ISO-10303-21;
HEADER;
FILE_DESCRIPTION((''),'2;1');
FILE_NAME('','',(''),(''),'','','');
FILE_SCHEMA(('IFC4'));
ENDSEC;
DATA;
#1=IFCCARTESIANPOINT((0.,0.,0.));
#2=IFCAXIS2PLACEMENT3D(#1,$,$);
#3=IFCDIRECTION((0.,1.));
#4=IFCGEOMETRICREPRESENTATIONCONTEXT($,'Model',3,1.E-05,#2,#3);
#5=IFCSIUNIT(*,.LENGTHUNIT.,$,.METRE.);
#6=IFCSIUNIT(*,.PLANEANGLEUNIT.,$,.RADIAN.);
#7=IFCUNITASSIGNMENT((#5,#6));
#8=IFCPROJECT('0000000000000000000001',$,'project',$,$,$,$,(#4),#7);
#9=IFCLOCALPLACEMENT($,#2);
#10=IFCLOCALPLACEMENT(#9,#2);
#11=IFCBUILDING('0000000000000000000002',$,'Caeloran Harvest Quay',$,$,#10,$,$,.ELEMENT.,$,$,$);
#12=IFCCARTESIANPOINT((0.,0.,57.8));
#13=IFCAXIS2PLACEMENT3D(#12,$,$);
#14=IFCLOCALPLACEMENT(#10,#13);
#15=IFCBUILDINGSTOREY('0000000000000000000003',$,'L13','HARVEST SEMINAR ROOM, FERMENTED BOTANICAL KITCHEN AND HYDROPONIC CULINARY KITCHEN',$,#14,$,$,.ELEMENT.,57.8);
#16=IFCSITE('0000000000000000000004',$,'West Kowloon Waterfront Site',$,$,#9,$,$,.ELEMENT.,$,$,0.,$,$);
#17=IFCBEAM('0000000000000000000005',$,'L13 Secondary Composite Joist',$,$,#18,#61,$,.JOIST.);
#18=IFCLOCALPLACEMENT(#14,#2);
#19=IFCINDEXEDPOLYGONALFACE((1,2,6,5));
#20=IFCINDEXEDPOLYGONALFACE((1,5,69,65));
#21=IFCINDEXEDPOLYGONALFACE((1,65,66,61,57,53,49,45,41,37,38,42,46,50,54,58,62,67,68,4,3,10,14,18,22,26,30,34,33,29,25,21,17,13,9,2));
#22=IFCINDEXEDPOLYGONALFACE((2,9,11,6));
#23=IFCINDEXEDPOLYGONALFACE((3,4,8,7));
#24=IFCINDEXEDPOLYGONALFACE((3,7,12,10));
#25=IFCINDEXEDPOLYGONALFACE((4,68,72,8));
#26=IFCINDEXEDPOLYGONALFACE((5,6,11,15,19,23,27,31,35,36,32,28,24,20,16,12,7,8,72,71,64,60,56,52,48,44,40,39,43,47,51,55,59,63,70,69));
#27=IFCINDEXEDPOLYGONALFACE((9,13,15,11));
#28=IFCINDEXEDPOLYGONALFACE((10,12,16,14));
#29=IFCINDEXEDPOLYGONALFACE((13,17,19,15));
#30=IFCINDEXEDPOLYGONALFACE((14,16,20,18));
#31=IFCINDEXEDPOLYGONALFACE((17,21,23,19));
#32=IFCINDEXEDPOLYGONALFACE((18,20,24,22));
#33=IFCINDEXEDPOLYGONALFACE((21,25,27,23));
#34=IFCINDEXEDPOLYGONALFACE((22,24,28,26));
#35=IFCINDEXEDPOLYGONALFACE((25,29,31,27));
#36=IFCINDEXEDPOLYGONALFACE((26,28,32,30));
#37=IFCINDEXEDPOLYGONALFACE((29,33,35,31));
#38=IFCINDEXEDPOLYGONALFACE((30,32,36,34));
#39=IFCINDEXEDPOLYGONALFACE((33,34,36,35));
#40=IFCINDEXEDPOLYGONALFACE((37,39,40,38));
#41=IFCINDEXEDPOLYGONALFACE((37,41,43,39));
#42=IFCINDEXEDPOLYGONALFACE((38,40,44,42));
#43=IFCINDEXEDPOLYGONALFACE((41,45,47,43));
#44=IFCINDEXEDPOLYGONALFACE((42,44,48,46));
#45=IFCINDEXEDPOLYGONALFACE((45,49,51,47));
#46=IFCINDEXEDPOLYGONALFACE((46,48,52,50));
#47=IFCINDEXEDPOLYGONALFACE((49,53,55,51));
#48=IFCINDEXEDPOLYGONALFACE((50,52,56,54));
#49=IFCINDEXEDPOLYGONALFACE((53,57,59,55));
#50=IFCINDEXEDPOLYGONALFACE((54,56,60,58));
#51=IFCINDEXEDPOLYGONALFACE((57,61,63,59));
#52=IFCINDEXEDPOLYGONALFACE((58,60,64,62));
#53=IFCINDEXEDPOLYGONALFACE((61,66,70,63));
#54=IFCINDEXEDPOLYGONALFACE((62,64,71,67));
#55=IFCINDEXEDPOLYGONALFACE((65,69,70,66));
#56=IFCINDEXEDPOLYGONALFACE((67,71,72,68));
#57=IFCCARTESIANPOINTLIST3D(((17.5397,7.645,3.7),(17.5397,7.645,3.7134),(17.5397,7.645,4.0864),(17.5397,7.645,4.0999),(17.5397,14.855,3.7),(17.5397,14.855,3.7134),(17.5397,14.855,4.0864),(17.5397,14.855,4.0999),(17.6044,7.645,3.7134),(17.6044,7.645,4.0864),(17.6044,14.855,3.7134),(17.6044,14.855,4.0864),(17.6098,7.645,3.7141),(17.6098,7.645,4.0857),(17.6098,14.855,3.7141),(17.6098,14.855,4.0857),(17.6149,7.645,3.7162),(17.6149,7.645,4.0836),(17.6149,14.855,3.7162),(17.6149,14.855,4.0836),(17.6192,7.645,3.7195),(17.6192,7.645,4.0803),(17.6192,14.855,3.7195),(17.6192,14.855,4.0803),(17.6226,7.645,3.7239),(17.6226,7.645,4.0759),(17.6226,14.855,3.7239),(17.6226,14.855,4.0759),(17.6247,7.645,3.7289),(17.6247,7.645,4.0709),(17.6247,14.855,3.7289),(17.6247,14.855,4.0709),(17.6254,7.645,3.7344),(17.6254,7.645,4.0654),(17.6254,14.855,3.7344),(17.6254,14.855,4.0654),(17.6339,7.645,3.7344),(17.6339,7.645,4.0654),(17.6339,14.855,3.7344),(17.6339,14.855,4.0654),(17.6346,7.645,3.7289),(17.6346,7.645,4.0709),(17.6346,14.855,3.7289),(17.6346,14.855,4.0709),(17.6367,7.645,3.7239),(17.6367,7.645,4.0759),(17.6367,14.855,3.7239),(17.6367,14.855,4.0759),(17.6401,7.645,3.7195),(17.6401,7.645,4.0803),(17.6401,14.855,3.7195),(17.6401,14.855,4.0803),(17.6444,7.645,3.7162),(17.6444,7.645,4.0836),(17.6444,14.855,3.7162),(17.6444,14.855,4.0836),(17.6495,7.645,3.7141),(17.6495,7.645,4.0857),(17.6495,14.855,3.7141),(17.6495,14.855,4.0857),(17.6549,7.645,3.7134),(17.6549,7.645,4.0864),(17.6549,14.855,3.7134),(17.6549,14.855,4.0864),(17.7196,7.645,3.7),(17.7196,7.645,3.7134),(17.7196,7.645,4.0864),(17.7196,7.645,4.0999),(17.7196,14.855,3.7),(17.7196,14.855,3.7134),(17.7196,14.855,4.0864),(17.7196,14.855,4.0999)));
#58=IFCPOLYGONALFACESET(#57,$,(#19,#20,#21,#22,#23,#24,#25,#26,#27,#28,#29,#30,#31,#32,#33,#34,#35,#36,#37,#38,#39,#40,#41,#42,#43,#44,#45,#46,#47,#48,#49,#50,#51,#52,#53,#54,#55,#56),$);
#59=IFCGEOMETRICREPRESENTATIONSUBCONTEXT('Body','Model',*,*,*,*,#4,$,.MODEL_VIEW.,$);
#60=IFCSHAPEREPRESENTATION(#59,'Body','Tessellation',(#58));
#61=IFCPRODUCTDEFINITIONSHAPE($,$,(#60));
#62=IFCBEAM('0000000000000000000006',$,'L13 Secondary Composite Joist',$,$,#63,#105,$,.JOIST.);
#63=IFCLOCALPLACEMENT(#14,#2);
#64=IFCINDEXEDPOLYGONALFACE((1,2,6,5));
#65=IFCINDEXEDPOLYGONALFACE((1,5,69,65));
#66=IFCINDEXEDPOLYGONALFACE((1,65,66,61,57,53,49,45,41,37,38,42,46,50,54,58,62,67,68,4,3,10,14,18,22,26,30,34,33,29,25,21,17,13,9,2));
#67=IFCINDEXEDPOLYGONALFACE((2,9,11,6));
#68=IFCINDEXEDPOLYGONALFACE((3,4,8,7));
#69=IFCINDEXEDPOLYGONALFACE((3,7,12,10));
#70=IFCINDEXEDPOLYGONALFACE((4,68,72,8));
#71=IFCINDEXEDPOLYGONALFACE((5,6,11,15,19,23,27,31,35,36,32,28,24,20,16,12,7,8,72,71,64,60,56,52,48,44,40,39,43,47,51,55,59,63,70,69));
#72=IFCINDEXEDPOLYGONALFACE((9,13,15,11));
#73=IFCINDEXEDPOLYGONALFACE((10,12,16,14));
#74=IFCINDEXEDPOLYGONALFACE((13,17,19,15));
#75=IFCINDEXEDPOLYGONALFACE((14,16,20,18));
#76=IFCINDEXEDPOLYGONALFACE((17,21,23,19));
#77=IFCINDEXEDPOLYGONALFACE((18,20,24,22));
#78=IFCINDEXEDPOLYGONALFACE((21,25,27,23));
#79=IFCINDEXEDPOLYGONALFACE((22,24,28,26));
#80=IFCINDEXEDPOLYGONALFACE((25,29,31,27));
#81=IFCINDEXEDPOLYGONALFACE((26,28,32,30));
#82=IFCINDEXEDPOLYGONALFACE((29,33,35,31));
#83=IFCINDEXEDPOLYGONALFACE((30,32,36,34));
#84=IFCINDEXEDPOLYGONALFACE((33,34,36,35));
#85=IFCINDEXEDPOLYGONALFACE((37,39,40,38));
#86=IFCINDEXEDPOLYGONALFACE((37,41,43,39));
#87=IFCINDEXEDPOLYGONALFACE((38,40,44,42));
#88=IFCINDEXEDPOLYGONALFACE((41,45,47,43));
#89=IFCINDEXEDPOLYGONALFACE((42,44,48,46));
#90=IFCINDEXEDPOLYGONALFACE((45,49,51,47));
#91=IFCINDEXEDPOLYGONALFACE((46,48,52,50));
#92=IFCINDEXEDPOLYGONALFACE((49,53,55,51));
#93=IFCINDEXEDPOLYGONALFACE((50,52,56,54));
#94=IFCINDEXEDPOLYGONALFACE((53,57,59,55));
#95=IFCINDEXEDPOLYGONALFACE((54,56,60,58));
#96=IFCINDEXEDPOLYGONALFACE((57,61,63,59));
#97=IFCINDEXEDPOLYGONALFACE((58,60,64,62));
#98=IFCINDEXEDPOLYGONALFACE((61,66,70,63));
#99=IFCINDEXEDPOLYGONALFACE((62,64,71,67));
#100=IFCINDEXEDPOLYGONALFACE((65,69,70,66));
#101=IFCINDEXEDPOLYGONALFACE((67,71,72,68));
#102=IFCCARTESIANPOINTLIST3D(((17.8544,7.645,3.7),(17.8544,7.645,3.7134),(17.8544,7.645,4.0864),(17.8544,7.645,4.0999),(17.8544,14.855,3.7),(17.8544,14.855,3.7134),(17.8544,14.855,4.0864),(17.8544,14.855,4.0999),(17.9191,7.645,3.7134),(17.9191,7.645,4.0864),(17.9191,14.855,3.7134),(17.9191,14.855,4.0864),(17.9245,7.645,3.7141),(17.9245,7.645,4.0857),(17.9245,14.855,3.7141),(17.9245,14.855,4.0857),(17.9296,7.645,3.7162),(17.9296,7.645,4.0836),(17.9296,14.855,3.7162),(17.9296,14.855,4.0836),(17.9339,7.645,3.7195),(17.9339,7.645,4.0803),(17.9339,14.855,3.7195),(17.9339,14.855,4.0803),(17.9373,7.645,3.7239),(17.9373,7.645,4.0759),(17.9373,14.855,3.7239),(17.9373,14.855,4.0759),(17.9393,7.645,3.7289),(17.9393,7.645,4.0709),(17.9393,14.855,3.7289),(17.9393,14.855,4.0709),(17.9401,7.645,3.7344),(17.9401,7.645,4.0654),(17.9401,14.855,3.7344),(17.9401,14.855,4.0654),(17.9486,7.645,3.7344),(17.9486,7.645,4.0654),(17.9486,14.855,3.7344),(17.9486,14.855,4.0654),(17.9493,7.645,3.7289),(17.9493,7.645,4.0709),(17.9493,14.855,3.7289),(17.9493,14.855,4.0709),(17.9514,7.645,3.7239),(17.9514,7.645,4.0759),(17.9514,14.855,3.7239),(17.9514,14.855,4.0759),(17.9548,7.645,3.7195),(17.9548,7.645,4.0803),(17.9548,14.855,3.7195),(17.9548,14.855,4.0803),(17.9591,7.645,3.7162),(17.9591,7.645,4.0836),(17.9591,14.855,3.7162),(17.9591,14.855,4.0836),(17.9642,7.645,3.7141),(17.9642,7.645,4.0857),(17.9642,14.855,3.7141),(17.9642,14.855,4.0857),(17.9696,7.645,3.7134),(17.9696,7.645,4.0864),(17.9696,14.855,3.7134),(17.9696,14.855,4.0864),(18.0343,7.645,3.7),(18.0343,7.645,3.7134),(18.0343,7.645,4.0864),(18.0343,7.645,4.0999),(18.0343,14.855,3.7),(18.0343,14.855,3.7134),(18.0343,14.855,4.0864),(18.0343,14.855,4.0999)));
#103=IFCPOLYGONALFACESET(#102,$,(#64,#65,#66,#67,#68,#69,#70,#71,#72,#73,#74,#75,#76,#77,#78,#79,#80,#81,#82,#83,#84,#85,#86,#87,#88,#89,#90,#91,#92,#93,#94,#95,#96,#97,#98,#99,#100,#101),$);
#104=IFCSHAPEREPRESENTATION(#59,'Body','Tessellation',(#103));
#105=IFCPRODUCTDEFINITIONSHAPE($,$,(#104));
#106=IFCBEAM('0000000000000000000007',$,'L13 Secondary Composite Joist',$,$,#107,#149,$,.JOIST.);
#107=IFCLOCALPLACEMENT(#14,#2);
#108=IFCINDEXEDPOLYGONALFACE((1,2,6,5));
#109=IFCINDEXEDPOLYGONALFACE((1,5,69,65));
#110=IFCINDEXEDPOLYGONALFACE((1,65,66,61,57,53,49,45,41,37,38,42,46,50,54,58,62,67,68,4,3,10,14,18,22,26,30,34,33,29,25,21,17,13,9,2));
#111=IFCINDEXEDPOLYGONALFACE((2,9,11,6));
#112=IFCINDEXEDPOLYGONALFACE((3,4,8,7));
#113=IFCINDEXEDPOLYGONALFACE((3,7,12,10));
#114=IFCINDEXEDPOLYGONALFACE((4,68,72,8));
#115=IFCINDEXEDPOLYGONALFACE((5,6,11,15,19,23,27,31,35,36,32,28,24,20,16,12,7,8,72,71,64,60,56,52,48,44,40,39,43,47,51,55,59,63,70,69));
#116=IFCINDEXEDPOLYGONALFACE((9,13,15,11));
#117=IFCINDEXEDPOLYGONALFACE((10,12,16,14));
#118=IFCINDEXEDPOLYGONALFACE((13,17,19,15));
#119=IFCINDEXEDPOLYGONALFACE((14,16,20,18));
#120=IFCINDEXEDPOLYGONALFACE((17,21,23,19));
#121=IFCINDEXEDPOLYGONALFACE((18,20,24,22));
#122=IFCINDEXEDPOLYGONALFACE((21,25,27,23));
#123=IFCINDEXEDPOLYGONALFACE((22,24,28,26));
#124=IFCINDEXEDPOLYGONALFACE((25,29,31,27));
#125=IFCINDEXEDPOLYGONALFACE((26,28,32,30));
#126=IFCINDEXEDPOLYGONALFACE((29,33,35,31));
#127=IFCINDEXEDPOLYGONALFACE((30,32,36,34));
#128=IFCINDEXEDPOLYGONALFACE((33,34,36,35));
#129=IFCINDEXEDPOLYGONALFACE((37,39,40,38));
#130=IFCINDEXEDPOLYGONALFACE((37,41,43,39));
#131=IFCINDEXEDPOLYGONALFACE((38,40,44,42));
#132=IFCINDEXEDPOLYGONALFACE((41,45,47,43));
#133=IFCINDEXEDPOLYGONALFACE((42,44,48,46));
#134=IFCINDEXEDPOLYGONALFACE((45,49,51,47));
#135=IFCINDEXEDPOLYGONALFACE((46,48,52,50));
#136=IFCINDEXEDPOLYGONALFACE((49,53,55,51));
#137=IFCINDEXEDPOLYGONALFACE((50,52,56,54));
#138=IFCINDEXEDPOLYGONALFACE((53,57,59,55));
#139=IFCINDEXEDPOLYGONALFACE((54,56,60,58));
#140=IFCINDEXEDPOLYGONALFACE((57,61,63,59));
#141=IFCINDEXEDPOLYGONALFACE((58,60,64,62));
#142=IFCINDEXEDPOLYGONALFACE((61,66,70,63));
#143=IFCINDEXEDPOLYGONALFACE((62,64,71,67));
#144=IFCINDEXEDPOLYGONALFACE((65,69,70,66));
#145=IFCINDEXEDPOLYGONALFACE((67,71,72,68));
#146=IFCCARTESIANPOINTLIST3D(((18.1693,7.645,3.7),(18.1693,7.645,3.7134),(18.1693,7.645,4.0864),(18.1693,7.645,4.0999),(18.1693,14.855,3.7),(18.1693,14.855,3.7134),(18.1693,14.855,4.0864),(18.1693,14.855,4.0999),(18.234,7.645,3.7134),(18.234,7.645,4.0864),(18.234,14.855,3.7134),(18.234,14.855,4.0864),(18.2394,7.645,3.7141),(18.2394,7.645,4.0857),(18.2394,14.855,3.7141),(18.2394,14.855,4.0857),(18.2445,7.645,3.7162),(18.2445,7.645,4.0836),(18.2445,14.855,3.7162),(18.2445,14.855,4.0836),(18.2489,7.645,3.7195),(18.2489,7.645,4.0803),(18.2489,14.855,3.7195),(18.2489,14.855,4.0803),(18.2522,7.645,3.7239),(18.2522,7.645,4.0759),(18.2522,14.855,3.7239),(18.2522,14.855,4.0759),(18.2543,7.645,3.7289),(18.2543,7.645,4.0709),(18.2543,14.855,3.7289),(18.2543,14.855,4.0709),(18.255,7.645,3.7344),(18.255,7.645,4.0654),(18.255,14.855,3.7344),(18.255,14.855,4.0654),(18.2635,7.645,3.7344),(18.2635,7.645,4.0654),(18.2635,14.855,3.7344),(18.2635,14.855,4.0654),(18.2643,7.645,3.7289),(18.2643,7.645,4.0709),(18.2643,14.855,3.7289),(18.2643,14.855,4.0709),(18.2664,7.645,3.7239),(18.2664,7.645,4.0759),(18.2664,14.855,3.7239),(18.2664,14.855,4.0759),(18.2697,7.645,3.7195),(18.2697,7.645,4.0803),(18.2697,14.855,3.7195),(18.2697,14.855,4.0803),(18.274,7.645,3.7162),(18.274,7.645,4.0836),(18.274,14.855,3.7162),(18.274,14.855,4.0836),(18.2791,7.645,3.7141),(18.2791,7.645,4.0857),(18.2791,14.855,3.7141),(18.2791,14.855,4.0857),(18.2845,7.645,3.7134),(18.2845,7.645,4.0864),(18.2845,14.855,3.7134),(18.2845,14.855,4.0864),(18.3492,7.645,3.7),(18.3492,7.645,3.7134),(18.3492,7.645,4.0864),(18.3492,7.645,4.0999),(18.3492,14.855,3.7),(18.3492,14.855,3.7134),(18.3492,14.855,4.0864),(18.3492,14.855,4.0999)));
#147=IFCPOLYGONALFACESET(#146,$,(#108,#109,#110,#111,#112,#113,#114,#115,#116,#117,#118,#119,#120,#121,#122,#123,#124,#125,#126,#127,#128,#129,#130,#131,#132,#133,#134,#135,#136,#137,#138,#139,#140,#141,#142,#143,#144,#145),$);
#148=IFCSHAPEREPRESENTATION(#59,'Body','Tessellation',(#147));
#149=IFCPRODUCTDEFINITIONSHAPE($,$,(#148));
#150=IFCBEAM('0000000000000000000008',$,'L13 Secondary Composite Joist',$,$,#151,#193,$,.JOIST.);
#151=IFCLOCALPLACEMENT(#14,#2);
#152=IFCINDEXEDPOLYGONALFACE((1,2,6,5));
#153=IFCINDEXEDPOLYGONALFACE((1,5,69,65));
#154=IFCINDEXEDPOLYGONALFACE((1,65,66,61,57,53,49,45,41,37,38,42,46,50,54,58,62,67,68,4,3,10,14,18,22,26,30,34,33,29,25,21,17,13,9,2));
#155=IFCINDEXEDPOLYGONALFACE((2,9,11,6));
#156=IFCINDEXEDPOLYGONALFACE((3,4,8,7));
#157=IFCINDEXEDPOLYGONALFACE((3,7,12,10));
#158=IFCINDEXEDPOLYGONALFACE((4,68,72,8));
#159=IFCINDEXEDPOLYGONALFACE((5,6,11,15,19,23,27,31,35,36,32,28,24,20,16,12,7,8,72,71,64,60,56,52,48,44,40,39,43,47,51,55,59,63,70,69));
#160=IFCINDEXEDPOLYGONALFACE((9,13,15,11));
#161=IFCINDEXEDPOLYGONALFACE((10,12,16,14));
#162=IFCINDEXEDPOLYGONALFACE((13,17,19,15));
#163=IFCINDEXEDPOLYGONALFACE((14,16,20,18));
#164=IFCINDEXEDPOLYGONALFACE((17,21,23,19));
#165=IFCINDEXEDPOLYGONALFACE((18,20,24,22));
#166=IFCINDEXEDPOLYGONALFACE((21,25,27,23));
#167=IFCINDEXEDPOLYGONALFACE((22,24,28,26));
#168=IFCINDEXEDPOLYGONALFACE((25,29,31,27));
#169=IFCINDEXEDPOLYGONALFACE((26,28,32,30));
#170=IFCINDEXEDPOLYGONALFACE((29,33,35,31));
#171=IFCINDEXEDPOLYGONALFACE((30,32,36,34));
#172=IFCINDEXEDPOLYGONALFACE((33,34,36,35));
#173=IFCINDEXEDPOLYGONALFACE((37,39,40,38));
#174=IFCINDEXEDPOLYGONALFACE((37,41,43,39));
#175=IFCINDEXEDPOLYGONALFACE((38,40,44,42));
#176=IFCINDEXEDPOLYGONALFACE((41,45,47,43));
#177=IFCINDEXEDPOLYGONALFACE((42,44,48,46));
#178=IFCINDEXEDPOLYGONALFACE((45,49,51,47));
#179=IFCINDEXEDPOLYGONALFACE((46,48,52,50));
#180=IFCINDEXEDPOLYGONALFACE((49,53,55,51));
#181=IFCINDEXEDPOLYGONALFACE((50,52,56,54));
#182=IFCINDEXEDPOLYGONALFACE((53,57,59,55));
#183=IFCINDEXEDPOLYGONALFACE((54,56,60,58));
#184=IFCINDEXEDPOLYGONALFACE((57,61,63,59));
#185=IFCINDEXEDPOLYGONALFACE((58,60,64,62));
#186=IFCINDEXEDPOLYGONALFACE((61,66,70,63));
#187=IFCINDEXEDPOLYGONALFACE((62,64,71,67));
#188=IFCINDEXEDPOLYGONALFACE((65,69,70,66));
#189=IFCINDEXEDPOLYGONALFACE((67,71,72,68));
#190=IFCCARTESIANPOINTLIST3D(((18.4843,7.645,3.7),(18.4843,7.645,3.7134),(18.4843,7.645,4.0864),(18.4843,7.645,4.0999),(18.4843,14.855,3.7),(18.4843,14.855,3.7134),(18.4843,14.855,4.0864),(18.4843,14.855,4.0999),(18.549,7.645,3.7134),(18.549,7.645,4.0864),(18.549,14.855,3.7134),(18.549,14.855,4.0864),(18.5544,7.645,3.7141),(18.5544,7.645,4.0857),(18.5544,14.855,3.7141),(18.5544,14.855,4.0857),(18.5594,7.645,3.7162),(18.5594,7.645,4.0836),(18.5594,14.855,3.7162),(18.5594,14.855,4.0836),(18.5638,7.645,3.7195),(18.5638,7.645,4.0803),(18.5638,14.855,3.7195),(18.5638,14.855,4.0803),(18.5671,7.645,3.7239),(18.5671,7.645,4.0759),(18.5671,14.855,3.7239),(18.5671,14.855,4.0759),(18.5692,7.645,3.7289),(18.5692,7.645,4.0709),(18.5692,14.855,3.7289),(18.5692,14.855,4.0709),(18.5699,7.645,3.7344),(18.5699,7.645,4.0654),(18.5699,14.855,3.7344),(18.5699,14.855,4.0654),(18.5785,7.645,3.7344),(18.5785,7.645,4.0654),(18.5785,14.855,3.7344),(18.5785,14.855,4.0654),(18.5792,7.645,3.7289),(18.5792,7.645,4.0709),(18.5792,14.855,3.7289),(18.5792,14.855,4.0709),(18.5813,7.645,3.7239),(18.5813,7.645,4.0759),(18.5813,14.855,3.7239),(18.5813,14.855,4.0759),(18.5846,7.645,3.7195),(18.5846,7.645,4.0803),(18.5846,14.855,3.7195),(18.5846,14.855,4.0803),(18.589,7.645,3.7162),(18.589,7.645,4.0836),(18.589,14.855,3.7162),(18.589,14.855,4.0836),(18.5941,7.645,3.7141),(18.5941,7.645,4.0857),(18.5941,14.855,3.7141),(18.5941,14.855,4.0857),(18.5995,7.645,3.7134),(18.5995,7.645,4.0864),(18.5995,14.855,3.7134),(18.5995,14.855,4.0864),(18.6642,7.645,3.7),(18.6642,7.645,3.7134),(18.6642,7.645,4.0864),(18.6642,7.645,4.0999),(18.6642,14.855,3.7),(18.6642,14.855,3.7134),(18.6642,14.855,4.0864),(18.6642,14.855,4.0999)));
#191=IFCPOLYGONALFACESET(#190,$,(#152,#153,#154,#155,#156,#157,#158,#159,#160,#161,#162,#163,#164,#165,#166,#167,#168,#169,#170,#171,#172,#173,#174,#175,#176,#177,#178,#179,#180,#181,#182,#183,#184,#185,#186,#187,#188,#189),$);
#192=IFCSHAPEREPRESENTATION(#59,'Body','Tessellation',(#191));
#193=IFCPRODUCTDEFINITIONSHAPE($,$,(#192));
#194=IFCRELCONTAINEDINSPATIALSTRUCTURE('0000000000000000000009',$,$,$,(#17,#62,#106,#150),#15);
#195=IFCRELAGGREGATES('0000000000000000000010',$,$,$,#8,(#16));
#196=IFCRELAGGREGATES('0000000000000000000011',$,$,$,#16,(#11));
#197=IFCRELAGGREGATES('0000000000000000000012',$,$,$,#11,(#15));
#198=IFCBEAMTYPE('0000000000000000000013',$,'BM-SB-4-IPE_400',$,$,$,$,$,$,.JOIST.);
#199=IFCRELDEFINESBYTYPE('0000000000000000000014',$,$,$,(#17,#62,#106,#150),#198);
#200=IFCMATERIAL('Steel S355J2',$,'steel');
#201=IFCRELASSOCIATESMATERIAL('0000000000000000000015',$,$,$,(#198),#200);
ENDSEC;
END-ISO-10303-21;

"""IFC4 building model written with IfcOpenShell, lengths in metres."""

from ifc_helpers import new_model, si_unit, direction, frame, origin, origin_2d, place, context, subcontext, project, spatial, i_section, extrude, material, material_profile, profile_set, type_object, element, save


model = new_model("IFC4")

# Units and contexts
model_context = context("Model", 3, precision=1e-05, world=origin(), true_north=direction((0.0, 1.0)))
body_context = subcontext(model_context, "Body", "Model", "MODEL_VIEW")
ifc_project = project(units=[si_unit("LENGTHUNIT", "METRE"), si_unit("PLANEANGLEUNIT", "RADIAN")], contexts=[model_context])

# Site, building, storey
site_placement = place(None, origin())
site = spatial("IfcSite", under=ifc_project, at=site_placement, Name="West Kowloon Waterfront Site", CompositionType="ELEMENT", RefElevation=0.0)
building_placement = place(site_placement, origin())
building = spatial("IfcBuilding", under=site, at=building_placement, Name="Caeloran Harvest Quay", CompositionType="ELEMENT")
storey_placement = place(building_placement, frame((0.0, 0.0, 57.8)))
storey = spatial("IfcBuildingStorey", under=building, at=storey_placement, Name="L13", Description="HARVEST SEMINAR ROOM, FERMENTED BOTANICAL KITCHEN AND HYDROPONIC CULINARY KITCHEN", CompositionType="ELEMENT", Elevation=57.8)

# Beams
ifc_material = material(Name="Steel S355J2", Category="steel")
ifc_material_profile_1 = material_profile(ifc_material, i_section(OverallWidth=0.1799, OverallDepth=0.3999, WebThickness=0.0085, FlangeThickness=0.0134, FilletRadius=0.021, at=origin_2d()), Name="IPE 400")
ifc_profile_set_1 = profile_set([ifc_material_profile_1], Name="Steel S355J2")
beam_type_1 = type_object("IfcBeamType", Name="BM-SB-4-IPE_400", PredefinedType="JOIST", material=ifc_profile_set_1)
for number, where, z_axis, x_axis, name in (
    (1, (17.6296, 7.645, 3.8999), (0.0, 1.0, 0.0), (-1.0, 0.0, 0.0), "L13 Secondary Composite Joist"),
    (2, (17.9443, 7.645, 3.8999), (0.0, 1.0, 0.0), (-1.0, 0.0, 0.0), "L13 Secondary Composite Joist"),
    (3, (18.2593, 7.645, 3.8999), (0.0, 1.0, 0.0), (-1.0, 0.0, 0.0), "L13 Secondary Composite Joist"),
    (4, (18.5742, 7.645, 3.8999), (0.0, 1.0, 0.0), (-1.0, 0.0, 0.0), "L13 Secondary Composite Joist"),
):
    element("IfcBeam", number, at=place(storey_placement, frame(where, z_axis=z_axis, x_axis=x_axis)), inside=storey, type_object=beam_type_1, Name=name, PredefinedType="JOIST", context=body_context, shape_type="SweptSolid", body=[
        extrude(i_section(OverallWidth=0.1799, OverallDepth=0.3999, WebThickness=0.0085, FlangeThickness=0.0134, FilletRadius=0.021, at=origin_2d()), origin(), (0.0, 0.0, 1.0), 7.21),
    ])

save(model, "model.ifc")
